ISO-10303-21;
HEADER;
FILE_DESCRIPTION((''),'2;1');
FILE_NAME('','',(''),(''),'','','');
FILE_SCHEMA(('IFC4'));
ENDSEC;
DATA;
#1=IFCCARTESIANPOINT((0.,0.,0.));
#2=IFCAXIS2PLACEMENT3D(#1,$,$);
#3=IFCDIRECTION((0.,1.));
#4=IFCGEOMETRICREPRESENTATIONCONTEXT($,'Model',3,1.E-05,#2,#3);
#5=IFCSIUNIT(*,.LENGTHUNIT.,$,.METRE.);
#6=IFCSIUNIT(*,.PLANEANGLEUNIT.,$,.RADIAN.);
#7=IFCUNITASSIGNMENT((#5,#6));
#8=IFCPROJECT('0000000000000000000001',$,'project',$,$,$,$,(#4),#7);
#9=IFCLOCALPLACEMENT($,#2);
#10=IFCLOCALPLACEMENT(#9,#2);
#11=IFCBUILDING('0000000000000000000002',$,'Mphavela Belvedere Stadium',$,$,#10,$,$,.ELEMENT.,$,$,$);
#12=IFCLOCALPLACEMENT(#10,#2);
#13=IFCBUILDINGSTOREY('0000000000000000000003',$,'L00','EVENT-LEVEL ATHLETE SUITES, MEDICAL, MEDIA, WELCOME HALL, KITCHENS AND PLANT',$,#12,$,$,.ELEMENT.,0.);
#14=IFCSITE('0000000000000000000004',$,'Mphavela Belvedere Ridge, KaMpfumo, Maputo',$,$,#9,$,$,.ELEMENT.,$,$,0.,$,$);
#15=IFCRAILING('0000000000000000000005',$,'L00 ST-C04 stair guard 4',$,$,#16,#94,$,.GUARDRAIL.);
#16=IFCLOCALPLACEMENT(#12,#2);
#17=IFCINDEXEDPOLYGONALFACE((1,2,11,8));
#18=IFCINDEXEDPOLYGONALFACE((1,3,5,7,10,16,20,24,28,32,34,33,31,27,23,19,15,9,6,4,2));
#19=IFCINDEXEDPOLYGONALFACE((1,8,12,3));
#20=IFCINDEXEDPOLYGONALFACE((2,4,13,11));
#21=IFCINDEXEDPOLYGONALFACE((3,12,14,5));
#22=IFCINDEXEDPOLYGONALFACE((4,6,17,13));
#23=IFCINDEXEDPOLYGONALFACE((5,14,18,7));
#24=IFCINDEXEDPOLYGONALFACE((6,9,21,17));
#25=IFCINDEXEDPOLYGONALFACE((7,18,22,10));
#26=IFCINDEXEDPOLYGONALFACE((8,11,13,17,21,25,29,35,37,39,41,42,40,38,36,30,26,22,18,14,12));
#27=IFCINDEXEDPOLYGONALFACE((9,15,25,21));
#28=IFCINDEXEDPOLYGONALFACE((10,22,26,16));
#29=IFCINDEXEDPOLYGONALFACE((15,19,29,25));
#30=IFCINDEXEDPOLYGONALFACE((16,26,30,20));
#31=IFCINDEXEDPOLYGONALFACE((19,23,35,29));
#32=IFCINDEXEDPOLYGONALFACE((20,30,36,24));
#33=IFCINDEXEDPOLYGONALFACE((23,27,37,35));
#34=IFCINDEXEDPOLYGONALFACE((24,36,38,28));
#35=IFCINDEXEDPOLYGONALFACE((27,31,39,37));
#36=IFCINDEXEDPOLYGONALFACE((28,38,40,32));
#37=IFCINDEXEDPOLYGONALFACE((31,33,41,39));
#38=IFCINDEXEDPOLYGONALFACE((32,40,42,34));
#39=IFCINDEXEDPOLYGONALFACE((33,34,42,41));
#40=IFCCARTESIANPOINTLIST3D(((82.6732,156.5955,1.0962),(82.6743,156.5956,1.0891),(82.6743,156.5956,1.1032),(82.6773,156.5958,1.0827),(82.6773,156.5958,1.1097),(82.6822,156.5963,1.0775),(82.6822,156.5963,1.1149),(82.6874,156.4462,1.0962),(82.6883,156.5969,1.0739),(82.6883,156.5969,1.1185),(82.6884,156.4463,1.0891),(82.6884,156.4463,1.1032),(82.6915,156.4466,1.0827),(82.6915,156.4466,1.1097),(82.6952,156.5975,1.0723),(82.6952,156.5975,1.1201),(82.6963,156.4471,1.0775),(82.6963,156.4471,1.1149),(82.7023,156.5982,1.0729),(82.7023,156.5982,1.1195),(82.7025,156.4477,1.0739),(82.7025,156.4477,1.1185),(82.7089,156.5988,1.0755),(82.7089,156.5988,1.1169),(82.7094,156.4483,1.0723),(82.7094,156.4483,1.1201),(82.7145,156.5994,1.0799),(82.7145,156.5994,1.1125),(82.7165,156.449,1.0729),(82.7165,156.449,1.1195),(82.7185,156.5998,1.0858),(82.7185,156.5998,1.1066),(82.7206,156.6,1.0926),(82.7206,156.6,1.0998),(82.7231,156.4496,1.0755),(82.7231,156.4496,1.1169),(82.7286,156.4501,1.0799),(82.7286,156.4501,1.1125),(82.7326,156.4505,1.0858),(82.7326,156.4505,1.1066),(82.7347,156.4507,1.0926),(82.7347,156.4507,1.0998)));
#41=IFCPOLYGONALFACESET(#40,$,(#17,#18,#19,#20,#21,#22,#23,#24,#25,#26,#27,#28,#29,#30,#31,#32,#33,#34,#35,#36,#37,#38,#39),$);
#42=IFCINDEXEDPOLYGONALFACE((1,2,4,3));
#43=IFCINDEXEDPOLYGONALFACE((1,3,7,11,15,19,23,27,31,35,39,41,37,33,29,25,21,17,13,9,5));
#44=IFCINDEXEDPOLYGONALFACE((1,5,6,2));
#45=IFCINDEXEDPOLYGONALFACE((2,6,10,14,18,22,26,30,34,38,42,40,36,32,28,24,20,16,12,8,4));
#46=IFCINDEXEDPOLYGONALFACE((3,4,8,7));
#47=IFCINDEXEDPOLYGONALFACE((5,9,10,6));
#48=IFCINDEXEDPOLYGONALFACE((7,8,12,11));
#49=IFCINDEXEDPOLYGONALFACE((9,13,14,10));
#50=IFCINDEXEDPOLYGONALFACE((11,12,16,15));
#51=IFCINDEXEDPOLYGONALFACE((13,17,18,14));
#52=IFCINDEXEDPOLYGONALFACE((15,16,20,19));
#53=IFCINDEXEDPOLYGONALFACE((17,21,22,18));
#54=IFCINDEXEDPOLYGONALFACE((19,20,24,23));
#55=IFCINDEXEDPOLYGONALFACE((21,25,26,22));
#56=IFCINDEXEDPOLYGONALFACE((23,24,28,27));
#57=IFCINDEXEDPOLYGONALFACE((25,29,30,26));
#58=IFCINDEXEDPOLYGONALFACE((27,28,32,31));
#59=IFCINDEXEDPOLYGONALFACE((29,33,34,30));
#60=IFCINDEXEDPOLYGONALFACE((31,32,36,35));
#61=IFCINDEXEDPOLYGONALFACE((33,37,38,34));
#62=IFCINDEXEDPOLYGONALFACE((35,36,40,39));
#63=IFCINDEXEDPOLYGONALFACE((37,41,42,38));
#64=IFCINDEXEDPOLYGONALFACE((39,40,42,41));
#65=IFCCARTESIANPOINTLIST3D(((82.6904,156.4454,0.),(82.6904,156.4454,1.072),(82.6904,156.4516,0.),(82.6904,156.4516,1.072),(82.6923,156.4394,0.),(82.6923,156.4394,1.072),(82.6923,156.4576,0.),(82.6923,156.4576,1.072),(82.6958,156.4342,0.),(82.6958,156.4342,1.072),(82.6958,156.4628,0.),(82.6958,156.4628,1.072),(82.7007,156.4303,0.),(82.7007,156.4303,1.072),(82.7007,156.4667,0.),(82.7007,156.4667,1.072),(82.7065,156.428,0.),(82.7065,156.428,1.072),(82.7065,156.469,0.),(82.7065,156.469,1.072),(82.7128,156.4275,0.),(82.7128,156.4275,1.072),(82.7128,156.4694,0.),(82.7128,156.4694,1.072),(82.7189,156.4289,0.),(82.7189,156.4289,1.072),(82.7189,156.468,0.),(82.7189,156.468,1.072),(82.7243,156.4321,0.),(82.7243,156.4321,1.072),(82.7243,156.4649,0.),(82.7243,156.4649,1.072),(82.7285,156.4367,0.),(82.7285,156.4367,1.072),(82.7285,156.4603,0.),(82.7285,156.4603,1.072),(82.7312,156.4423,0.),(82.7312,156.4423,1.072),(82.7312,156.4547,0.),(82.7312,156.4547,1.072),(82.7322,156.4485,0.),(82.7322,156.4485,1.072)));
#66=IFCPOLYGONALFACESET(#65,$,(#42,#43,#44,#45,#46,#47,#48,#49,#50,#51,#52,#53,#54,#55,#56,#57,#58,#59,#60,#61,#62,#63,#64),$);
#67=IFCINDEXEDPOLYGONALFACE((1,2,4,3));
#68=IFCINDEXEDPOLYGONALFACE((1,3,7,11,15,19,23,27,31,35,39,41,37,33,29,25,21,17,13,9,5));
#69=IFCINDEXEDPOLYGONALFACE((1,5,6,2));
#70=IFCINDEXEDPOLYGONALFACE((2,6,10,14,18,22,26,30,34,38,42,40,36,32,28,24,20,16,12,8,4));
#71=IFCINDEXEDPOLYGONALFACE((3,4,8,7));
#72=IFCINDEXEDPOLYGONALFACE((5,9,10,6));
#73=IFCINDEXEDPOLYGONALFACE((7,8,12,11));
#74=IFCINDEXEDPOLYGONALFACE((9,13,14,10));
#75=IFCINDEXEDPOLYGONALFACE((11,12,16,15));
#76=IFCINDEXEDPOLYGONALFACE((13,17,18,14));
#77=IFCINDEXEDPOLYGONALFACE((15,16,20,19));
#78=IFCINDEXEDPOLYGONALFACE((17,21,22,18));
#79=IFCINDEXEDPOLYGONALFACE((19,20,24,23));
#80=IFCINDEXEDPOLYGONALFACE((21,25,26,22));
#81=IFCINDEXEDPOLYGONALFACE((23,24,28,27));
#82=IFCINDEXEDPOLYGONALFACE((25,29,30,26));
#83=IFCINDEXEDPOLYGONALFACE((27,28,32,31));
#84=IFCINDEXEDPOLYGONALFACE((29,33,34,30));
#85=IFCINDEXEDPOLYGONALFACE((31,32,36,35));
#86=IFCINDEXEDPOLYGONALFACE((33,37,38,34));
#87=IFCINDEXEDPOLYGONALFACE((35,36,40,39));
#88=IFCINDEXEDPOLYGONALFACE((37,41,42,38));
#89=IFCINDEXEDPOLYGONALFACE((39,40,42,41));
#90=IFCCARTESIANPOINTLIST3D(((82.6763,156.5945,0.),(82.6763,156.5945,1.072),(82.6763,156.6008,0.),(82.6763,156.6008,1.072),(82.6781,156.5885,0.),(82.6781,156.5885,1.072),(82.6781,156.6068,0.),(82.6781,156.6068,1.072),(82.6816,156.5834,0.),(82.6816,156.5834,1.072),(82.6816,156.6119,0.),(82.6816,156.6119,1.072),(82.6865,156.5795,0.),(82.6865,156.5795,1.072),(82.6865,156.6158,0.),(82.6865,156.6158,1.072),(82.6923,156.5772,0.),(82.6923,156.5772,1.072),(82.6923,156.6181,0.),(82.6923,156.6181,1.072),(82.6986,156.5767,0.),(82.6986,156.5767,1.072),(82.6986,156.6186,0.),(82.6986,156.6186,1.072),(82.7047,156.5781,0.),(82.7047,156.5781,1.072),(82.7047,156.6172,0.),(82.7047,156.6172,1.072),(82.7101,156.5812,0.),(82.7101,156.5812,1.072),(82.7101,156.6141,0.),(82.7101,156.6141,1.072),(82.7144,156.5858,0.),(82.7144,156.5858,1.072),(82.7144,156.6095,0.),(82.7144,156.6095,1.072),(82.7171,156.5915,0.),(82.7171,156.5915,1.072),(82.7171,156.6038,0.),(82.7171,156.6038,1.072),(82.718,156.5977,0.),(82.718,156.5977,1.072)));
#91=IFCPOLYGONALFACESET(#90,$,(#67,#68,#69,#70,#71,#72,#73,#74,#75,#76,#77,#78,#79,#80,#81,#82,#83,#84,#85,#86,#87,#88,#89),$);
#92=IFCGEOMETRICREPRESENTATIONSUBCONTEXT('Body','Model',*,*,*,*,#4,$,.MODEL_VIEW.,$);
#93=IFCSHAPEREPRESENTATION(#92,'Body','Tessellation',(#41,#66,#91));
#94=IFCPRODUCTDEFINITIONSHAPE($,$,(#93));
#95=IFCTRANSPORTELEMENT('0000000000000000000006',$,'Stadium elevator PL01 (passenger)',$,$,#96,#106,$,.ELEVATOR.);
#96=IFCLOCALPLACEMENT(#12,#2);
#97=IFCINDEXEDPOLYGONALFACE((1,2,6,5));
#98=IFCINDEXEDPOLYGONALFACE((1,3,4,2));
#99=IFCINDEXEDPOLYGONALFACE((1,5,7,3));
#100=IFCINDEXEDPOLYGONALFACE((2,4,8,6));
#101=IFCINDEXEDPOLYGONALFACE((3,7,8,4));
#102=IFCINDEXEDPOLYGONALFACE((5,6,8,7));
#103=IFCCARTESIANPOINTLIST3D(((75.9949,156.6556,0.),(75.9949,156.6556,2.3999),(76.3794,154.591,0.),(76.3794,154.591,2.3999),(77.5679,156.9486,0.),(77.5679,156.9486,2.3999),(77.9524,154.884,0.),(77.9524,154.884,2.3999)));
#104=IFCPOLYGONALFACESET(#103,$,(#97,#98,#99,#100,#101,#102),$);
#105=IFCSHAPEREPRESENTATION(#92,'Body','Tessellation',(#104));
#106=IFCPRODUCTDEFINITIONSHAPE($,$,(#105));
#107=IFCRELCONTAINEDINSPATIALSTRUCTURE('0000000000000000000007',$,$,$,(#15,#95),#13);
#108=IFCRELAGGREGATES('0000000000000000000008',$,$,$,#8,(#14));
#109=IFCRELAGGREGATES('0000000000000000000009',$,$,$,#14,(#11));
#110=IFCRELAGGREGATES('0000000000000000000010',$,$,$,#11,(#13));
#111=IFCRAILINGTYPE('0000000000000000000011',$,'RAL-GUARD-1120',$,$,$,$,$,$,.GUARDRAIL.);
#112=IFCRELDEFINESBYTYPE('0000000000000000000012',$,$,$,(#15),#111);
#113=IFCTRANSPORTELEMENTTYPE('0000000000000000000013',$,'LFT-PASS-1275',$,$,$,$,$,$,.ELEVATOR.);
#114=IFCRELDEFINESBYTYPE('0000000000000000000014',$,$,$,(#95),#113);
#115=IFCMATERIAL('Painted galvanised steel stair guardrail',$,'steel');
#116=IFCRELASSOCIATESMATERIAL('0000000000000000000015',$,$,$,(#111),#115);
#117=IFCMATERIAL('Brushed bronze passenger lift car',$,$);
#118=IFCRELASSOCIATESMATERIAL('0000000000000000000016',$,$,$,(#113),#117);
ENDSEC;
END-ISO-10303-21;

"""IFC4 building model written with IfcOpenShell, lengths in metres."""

from ifc_helpers import new_model, si_unit, direction, frame, origin, origin_2d, place, context, subcontext, project, spatial, rectangle, circle, extrude, material, type_object, element, save


model = new_model("IFC4")

# Units and contexts
model_context = context("Model", 3, precision=1e-05, world=origin(), true_north=direction((0.0, 1.0)))
body_context = subcontext(model_context, "Body", "Model", "MODEL_VIEW")
ifc_project = project(units=[si_unit("LENGTHUNIT", "METRE"), si_unit("PLANEANGLEUNIT", "RADIAN")], contexts=[model_context])

# Site, building, storey
site_placement = place(None, origin())
site = spatial("IfcSite", under=ifc_project, at=site_placement, Name="Mphavela Belvedere Ridge, KaMpfumo, Maputo", CompositionType="ELEMENT", RefElevation=0.0)
building_placement = place(site_placement, origin())
building = spatial("IfcBuilding", under=site, at=building_placement, Name="Mphavela Belvedere Stadium", CompositionType="ELEMENT")
storey_placement = place(building_placement, origin())
storey = spatial("IfcBuildingStorey", under=building, at=storey_placement, Name="L00", Description="EVENT-LEVEL ATHLETE SUITES, MEDICAL, MEDIA, WELCOME HALL, KITCHENS AND PLANT", CompositionType="ELEMENT", Elevation=0.0)

# Railing
ifc_material_1 = material(Name="Painted galvanised steel stair guardrail", Category="steel")
railing_type_1 = type_object("IfcRailingType", Name="RAL-GUARD-1120", PredefinedType="GUARDRAIL", material=ifc_material_1)
railing_1_placement = place(storey_placement, frame((82.7112, 156.4485, 0.0)))
element("IfcRailing", 1, at=railing_1_placement, inside=storey, type_object=railing_type_1, Name="L00 ST-C04 stair guard 4", PredefinedType="GUARDRAIL", context=body_context, shape_type="SweptSolid", body=[
    extrude(circle(Radius=0.0239, at=origin_2d()), frame((0.0, 0.0, 1.0962), z_axis=(-0.094502, 0.995525, 0.0), x_axis=(-0.995525, -0.094502, 0.0)), (0.0, 0.0, 1.0), 0.1499),
    extrude(circle(Radius=0.021, at=origin_2d()), origin(), (0.0, 0.0, 1.0), 1.072),
    extrude(circle(Radius=0.021, at=origin_2d()), frame((-0.0142, 0.1492, 0.0)), (0.0, 0.0, 1.0), 1.072),
])

# Transport element
ifc_material_2 = material(Name="Brushed bronze passenger lift car")
transport_element_type = type_object("IfcTransportElementType", Name="LFT-PASS-1275", PredefinedType="ELEVATOR", material=ifc_material_2)
transport_element_placement = place(storey_placement, frame((76.9736, 155.7698, 0.0), z_axis=(0.0, 0.0, 1.0), x_axis=(0.983096, 0.183094, 0.0)))
element("IfcTransportElement", 2, at=transport_element_placement, inside=storey, type_object=transport_element_type, Name="Stadium elevator PL01 (passenger)", PredefinedType="ELEVATOR", context=body_context, shape_type="SweptSolid", body=[
    extrude(rectangle(XDim=1.6001, YDim=2.1001, at=origin_2d()), origin(), (0.0, 0.0, 1.0), 2.3999),
])

save(model, "model.ifc")
